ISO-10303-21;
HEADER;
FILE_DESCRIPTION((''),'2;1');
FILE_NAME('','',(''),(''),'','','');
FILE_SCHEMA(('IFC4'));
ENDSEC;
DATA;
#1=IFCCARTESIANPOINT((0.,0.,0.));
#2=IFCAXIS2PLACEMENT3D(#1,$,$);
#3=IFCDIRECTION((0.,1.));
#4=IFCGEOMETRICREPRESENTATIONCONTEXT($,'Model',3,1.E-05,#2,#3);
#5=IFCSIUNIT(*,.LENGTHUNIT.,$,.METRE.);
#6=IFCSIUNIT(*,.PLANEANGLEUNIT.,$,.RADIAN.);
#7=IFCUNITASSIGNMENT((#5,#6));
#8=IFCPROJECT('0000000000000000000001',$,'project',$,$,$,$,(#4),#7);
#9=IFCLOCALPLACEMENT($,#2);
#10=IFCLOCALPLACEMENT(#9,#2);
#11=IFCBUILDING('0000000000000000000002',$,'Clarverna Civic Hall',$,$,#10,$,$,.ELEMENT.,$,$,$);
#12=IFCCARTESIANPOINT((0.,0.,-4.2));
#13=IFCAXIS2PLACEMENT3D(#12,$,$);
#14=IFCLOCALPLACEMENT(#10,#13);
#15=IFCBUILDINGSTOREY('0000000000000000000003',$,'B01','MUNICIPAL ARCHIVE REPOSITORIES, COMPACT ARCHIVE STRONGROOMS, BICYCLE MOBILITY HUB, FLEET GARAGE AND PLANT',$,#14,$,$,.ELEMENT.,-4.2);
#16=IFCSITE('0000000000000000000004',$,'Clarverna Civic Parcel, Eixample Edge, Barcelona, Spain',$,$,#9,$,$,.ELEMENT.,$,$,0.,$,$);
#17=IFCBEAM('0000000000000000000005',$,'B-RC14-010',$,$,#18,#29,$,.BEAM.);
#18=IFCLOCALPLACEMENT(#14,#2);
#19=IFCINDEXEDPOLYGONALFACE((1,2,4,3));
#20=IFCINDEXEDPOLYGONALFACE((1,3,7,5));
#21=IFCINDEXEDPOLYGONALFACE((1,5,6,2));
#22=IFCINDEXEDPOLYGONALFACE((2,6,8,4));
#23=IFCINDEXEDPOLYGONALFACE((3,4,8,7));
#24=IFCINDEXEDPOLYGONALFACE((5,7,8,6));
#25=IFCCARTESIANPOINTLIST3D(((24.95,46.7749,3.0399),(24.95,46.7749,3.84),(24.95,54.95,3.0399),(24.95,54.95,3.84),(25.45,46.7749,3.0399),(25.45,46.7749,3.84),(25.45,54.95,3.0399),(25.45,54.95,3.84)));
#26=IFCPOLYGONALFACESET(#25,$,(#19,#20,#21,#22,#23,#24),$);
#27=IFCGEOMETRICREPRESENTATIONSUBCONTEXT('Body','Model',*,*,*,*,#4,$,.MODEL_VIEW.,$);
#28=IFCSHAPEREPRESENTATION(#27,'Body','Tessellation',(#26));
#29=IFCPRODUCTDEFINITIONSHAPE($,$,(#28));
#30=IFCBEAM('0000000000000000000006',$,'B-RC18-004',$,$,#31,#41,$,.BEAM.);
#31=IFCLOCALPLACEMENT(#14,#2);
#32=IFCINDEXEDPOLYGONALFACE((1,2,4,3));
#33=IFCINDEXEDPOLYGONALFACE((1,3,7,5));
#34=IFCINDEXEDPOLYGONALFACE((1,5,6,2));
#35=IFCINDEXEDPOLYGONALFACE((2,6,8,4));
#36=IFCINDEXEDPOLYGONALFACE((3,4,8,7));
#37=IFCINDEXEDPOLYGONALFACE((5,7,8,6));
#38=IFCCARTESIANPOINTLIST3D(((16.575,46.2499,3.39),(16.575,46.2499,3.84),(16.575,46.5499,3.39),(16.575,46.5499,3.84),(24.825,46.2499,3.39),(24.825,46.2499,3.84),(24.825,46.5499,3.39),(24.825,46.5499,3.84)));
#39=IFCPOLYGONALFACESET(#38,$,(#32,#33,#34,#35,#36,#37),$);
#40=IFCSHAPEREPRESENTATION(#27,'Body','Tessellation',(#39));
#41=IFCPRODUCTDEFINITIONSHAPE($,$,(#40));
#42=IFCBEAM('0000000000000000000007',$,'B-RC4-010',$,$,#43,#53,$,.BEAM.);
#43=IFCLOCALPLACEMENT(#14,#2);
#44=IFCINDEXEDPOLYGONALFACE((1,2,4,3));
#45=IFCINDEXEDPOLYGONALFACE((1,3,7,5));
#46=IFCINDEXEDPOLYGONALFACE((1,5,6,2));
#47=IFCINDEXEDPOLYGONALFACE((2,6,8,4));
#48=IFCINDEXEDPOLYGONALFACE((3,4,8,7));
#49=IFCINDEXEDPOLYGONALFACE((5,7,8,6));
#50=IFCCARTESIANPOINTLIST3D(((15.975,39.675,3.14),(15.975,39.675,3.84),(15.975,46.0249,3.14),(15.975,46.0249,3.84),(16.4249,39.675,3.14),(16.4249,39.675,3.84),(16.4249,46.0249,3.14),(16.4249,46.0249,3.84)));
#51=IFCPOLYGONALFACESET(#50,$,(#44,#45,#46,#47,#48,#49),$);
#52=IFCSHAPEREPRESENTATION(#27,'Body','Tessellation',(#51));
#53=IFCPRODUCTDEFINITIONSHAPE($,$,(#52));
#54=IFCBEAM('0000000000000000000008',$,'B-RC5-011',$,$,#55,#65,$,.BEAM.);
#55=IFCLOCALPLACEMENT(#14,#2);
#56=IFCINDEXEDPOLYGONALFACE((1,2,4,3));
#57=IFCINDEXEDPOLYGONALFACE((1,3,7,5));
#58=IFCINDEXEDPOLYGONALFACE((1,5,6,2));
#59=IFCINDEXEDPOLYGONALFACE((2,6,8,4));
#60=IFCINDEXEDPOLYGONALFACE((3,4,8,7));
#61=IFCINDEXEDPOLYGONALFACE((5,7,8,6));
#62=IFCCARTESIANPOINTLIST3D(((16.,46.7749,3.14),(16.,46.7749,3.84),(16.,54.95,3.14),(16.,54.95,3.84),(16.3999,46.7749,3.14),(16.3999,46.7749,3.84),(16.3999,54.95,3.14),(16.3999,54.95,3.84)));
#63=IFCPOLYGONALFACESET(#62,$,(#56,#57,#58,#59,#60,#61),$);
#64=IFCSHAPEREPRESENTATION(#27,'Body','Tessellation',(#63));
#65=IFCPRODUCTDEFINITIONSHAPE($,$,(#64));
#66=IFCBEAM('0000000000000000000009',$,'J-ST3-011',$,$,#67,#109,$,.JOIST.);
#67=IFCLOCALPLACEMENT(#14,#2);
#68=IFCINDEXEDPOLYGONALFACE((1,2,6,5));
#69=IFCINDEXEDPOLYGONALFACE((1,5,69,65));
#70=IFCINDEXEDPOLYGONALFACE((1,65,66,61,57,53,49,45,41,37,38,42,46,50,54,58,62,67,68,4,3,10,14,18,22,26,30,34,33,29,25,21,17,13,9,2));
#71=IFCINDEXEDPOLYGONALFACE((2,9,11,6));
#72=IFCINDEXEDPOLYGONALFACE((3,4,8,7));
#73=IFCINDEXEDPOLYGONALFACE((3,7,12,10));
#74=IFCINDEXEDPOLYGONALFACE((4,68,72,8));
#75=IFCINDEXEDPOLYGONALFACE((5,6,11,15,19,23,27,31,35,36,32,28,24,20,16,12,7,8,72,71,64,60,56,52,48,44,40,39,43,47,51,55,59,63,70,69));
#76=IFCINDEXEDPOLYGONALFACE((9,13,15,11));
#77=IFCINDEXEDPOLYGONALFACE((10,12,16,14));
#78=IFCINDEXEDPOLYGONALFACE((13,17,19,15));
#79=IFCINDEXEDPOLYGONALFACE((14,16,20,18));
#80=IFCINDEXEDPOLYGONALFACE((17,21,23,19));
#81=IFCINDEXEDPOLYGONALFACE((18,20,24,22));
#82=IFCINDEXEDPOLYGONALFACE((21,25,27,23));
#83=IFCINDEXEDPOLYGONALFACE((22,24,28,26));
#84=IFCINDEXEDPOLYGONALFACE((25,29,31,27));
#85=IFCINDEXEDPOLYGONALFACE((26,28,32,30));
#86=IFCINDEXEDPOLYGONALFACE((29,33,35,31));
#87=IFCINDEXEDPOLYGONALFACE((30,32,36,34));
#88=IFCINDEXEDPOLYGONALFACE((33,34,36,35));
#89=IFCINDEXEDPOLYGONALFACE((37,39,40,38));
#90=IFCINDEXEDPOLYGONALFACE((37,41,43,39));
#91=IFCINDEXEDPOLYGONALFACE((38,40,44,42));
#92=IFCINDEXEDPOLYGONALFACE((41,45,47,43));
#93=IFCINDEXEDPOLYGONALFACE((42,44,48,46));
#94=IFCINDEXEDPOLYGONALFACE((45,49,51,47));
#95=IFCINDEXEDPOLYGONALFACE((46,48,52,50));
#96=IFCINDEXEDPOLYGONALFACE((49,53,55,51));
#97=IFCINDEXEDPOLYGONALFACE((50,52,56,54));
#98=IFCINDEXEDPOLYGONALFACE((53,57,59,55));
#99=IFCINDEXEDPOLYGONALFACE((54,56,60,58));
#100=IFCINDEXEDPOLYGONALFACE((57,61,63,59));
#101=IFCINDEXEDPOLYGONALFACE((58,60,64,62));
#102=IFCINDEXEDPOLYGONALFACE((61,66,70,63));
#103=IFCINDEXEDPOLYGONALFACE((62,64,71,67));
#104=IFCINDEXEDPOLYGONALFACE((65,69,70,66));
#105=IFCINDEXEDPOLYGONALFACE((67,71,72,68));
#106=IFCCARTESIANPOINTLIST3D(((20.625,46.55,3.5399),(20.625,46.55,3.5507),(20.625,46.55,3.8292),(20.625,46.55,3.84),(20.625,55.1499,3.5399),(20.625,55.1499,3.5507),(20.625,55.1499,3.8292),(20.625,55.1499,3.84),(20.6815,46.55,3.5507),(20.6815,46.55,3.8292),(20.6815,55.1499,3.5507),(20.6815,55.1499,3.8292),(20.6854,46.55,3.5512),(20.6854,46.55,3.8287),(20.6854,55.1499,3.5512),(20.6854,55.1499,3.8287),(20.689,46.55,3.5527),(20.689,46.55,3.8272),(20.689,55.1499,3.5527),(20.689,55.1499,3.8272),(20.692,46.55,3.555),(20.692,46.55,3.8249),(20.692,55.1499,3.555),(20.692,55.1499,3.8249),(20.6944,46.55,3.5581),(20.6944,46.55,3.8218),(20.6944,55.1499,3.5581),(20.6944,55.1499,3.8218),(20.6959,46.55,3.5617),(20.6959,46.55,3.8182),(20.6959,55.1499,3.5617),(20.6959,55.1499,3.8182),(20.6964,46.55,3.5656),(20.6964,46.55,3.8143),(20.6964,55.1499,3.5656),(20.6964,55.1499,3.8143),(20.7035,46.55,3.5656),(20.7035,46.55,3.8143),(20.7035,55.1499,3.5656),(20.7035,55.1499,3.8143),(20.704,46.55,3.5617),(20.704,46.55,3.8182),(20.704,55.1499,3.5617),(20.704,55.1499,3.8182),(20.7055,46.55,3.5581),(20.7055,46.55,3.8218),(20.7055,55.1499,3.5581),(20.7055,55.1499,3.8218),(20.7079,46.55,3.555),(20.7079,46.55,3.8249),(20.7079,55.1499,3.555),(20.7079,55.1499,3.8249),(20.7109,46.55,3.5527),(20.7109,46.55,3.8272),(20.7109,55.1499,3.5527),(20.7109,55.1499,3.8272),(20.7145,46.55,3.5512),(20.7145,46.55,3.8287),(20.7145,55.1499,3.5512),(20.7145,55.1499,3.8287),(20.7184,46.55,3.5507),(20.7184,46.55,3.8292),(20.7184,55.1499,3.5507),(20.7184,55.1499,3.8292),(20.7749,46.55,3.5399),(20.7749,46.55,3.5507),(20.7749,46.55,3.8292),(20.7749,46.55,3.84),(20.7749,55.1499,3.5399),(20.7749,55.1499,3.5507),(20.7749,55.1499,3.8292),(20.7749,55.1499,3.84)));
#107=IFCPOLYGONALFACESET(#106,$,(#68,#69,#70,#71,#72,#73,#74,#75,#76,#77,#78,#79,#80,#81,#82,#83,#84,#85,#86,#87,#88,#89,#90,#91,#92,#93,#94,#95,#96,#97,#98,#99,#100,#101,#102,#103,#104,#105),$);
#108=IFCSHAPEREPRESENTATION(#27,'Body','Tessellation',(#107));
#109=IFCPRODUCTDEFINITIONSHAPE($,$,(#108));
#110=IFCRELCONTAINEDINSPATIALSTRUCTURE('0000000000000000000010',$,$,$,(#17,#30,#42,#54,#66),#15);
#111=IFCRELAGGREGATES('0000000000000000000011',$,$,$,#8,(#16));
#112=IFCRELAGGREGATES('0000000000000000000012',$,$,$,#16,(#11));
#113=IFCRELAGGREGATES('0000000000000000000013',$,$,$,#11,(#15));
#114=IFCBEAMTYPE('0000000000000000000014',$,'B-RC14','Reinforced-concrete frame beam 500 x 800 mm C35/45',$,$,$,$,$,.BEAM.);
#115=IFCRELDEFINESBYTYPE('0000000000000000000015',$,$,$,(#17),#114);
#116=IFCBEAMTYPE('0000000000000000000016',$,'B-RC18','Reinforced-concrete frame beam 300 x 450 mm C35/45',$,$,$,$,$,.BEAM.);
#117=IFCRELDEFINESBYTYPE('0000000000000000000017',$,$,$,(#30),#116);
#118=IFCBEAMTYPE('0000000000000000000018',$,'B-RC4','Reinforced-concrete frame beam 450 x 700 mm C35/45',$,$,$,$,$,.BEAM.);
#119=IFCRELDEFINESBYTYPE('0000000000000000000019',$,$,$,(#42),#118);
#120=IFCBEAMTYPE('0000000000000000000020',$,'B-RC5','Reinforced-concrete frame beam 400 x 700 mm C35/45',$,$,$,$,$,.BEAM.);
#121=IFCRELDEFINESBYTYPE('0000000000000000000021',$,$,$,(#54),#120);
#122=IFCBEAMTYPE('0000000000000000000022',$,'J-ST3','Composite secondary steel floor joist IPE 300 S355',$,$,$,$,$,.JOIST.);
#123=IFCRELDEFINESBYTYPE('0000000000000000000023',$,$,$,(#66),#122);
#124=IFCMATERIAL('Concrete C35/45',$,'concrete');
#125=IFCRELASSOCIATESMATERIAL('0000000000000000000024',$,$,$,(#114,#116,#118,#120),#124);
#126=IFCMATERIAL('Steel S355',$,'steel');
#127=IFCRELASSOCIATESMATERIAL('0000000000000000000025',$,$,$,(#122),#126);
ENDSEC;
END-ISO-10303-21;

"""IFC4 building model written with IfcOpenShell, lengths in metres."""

from ifc_helpers import new_model, si_unit, direction, frame, origin, origin_2d, place, context, subcontext, project, spatial, rectangle, i_section, extrude, material, material_profile, profile_set, type_object, element, save


model = new_model("IFC4")

# Units and contexts
model_context = context("Model", 3, precision=1e-05, world=origin(), true_north=direction((0.0, 1.0)))
body_context = subcontext(model_context, "Body", "Model", "MODEL_VIEW")
ifc_project = project(units=[si_unit("LENGTHUNIT", "METRE"), si_unit("PLANEANGLEUNIT", "RADIAN")], contexts=[model_context])

# Site, building, storey
site_placement = place(None, origin())
site = spatial("IfcSite", under=ifc_project, at=site_placement, Name="Clarverna Civic Parcel, Eixample Edge, Barcelona, Spain", CompositionType="ELEMENT", RefElevation=0.0)
building_placement = place(site_placement, origin())
building = spatial("IfcBuilding", under=site, at=building_placement, Name="Clarverna Civic Hall", CompositionType="ELEMENT")
storey_placement = place(building_placement, frame((0.0, 0.0, -4.2)))
storey = spatial("IfcBuildingStorey", under=building, at=storey_placement, Name="B01", Description="MUNICIPAL ARCHIVE REPOSITORIES, COMPACT ARCHIVE STRONGROOMS, BICYCLE MOBILITY HUB, FLEET GARAGE AND PLANT", CompositionType="ELEMENT", Elevation=-4.2)

# Beams
ifc_material_1 = material(Name="Concrete C35/45", Category="concrete")
ifc_material_profile_1 = material_profile(ifc_material_1, rectangle(XDim=0.5, YDim=0.8, at=origin_2d()), Name="RC 500x800")
ifc_profile_set_1 = profile_set([ifc_material_profile_1], Name="Concrete C35/45")
beam_type_1 = type_object("IfcBeamType", Name="B-RC14", Description="Reinforced-concrete frame beam 500 x 800 mm C35/45", PredefinedType="BEAM", material=ifc_profile_set_1)
beam_1_placement = place(storey_placement, frame((25.2, 46.7749, 3.4399), z_axis=(0.0, 1.0, 0.0), x_axis=(-1.0, 0.0, 0.0)))
element("IfcBeam", 1, at=beam_1_placement, inside=storey, type_object=beam_type_1, Name="B-RC14-010", PredefinedType="BEAM", context=body_context, shape_type="SweptSolid", body=[
    extrude(rectangle(XDim=0.5, YDim=0.8, at=origin_2d()), origin(), (0.0, 0.0, 1.0), 8.175),
])
ifc_material_profile_2 = material_profile(ifc_material_1, rectangle(XDim=0.3, YDim=0.45, at=origin_2d()), Name="RC 300x450")
ifc_profile_set_2 = profile_set([ifc_material_profile_2], Name="Concrete C35/45")
beam_type_2 = type_object("IfcBeamType", Name="B-RC18", Description="Reinforced-concrete frame beam 300 x 450 mm C35/45", PredefinedType="BEAM", material=ifc_profile_set_2)
beam_2_placement = place(storey_placement, frame((16.575, 46.3999, 3.615), z_axis=(1.0, 0.0, 0.0), x_axis=(0.0, 1.0, 0.0)))
element("IfcBeam", 2, at=beam_2_placement, inside=storey, type_object=beam_type_2, Name="B-RC18-004", PredefinedType="BEAM", context=body_context, shape_type="SweptSolid", body=[
    extrude(rectangle(XDim=0.3, YDim=0.45, at=origin_2d()), origin(), (0.0, 0.0, 1.0), 8.25),
])
ifc_material_profile_3 = material_profile(ifc_material_1, rectangle(XDim=0.45, YDim=0.7, at=origin_2d()), Name="RC 450x700")
ifc_profile_set_3 = profile_set([ifc_material_profile_3], Name="Concrete C35/45")
beam_type_3 = type_object("IfcBeamType", Name="B-RC4", Description="Reinforced-concrete frame beam 450 x 700 mm C35/45", PredefinedType="BEAM", material=ifc_profile_set_3)
beam_3_placement = place(storey_placement, frame((16.2, 39.675, 3.49), z_axis=(0.0, 1.0, 0.0), x_axis=(-1.0, 0.0, 0.0)))
element("IfcBeam", 3, at=beam_3_placement, inside=storey, type_object=beam_type_3, Name="B-RC4-010", PredefinedType="BEAM", context=body_context, shape_type="SweptSolid", body=[
    extrude(rectangle(XDim=0.45, YDim=0.7, at=origin_2d()), origin(), (0.0, 0.0, 1.0), 6.3499),
])
ifc_material_profile_4 = material_profile(ifc_material_1, rectangle(XDim=0.3999, YDim=0.7, at=origin_2d()), Name="RC 400x700")
ifc_profile_set_4 = profile_set([ifc_material_profile_4], Name="Concrete C35/45")
beam_type_4 = type_object("IfcBeamType", Name="B-RC5", Description="Reinforced-concrete frame beam 400 x 700 mm C35/45", PredefinedType="BEAM", material=ifc_profile_set_4)
beam_4_placement = place(storey_placement, frame((16.2, 46.7749, 3.49), z_axis=(0.0, 1.0, 0.0), x_axis=(-1.0, 0.0, 0.0)))
element("IfcBeam", 4, at=beam_4_placement, inside=storey, type_object=beam_type_4, Name="B-RC5-011", PredefinedType="BEAM", context=body_context, shape_type="SweptSolid", body=[
    extrude(rectangle(XDim=0.3999, YDim=0.7, at=origin_2d()), origin(), (0.0, 0.0, 1.0), 8.175),
])
ifc_material_2 = material(Name="Steel S355", Category="steel")
ifc_material_profile_5 = material_profile(ifc_material_2, i_section(OverallWidth=0.1499, OverallDepth=0.3, WebThickness=0.0071, FlangeThickness=0.0107, FilletRadius=0.0149, at=origin_2d()), Name="IPE 300")
ifc_profile_set_5 = profile_set([ifc_material_profile_5], Name="Steel S355")
beam_type_5 = type_object("IfcBeamType", Name="J-ST3", Description="Composite secondary steel floor joist IPE 300 S355", PredefinedType="JOIST", material=ifc_profile_set_5)
beam_5_placement = place(storey_placement, frame((20.7, 46.55, 3.6899), z_axis=(0.0, 1.0, 0.0), x_axis=(-1.0, 0.0, 0.0)))
element("IfcBeam", 5, at=beam_5_placement, inside=storey, type_object=beam_type_5, Name="J-ST3-011", PredefinedType="JOIST", context=body_context, shape_type="SweptSolid", body=[
    extrude(i_section(OverallWidth=0.1499, OverallDepth=0.3, WebThickness=0.0071, FlangeThickness=0.0107, FilletRadius=0.0149, at=origin_2d()), origin(), (0.0, 0.0, 1.0), 8.5999),
])

save(model, "model.ifc")
